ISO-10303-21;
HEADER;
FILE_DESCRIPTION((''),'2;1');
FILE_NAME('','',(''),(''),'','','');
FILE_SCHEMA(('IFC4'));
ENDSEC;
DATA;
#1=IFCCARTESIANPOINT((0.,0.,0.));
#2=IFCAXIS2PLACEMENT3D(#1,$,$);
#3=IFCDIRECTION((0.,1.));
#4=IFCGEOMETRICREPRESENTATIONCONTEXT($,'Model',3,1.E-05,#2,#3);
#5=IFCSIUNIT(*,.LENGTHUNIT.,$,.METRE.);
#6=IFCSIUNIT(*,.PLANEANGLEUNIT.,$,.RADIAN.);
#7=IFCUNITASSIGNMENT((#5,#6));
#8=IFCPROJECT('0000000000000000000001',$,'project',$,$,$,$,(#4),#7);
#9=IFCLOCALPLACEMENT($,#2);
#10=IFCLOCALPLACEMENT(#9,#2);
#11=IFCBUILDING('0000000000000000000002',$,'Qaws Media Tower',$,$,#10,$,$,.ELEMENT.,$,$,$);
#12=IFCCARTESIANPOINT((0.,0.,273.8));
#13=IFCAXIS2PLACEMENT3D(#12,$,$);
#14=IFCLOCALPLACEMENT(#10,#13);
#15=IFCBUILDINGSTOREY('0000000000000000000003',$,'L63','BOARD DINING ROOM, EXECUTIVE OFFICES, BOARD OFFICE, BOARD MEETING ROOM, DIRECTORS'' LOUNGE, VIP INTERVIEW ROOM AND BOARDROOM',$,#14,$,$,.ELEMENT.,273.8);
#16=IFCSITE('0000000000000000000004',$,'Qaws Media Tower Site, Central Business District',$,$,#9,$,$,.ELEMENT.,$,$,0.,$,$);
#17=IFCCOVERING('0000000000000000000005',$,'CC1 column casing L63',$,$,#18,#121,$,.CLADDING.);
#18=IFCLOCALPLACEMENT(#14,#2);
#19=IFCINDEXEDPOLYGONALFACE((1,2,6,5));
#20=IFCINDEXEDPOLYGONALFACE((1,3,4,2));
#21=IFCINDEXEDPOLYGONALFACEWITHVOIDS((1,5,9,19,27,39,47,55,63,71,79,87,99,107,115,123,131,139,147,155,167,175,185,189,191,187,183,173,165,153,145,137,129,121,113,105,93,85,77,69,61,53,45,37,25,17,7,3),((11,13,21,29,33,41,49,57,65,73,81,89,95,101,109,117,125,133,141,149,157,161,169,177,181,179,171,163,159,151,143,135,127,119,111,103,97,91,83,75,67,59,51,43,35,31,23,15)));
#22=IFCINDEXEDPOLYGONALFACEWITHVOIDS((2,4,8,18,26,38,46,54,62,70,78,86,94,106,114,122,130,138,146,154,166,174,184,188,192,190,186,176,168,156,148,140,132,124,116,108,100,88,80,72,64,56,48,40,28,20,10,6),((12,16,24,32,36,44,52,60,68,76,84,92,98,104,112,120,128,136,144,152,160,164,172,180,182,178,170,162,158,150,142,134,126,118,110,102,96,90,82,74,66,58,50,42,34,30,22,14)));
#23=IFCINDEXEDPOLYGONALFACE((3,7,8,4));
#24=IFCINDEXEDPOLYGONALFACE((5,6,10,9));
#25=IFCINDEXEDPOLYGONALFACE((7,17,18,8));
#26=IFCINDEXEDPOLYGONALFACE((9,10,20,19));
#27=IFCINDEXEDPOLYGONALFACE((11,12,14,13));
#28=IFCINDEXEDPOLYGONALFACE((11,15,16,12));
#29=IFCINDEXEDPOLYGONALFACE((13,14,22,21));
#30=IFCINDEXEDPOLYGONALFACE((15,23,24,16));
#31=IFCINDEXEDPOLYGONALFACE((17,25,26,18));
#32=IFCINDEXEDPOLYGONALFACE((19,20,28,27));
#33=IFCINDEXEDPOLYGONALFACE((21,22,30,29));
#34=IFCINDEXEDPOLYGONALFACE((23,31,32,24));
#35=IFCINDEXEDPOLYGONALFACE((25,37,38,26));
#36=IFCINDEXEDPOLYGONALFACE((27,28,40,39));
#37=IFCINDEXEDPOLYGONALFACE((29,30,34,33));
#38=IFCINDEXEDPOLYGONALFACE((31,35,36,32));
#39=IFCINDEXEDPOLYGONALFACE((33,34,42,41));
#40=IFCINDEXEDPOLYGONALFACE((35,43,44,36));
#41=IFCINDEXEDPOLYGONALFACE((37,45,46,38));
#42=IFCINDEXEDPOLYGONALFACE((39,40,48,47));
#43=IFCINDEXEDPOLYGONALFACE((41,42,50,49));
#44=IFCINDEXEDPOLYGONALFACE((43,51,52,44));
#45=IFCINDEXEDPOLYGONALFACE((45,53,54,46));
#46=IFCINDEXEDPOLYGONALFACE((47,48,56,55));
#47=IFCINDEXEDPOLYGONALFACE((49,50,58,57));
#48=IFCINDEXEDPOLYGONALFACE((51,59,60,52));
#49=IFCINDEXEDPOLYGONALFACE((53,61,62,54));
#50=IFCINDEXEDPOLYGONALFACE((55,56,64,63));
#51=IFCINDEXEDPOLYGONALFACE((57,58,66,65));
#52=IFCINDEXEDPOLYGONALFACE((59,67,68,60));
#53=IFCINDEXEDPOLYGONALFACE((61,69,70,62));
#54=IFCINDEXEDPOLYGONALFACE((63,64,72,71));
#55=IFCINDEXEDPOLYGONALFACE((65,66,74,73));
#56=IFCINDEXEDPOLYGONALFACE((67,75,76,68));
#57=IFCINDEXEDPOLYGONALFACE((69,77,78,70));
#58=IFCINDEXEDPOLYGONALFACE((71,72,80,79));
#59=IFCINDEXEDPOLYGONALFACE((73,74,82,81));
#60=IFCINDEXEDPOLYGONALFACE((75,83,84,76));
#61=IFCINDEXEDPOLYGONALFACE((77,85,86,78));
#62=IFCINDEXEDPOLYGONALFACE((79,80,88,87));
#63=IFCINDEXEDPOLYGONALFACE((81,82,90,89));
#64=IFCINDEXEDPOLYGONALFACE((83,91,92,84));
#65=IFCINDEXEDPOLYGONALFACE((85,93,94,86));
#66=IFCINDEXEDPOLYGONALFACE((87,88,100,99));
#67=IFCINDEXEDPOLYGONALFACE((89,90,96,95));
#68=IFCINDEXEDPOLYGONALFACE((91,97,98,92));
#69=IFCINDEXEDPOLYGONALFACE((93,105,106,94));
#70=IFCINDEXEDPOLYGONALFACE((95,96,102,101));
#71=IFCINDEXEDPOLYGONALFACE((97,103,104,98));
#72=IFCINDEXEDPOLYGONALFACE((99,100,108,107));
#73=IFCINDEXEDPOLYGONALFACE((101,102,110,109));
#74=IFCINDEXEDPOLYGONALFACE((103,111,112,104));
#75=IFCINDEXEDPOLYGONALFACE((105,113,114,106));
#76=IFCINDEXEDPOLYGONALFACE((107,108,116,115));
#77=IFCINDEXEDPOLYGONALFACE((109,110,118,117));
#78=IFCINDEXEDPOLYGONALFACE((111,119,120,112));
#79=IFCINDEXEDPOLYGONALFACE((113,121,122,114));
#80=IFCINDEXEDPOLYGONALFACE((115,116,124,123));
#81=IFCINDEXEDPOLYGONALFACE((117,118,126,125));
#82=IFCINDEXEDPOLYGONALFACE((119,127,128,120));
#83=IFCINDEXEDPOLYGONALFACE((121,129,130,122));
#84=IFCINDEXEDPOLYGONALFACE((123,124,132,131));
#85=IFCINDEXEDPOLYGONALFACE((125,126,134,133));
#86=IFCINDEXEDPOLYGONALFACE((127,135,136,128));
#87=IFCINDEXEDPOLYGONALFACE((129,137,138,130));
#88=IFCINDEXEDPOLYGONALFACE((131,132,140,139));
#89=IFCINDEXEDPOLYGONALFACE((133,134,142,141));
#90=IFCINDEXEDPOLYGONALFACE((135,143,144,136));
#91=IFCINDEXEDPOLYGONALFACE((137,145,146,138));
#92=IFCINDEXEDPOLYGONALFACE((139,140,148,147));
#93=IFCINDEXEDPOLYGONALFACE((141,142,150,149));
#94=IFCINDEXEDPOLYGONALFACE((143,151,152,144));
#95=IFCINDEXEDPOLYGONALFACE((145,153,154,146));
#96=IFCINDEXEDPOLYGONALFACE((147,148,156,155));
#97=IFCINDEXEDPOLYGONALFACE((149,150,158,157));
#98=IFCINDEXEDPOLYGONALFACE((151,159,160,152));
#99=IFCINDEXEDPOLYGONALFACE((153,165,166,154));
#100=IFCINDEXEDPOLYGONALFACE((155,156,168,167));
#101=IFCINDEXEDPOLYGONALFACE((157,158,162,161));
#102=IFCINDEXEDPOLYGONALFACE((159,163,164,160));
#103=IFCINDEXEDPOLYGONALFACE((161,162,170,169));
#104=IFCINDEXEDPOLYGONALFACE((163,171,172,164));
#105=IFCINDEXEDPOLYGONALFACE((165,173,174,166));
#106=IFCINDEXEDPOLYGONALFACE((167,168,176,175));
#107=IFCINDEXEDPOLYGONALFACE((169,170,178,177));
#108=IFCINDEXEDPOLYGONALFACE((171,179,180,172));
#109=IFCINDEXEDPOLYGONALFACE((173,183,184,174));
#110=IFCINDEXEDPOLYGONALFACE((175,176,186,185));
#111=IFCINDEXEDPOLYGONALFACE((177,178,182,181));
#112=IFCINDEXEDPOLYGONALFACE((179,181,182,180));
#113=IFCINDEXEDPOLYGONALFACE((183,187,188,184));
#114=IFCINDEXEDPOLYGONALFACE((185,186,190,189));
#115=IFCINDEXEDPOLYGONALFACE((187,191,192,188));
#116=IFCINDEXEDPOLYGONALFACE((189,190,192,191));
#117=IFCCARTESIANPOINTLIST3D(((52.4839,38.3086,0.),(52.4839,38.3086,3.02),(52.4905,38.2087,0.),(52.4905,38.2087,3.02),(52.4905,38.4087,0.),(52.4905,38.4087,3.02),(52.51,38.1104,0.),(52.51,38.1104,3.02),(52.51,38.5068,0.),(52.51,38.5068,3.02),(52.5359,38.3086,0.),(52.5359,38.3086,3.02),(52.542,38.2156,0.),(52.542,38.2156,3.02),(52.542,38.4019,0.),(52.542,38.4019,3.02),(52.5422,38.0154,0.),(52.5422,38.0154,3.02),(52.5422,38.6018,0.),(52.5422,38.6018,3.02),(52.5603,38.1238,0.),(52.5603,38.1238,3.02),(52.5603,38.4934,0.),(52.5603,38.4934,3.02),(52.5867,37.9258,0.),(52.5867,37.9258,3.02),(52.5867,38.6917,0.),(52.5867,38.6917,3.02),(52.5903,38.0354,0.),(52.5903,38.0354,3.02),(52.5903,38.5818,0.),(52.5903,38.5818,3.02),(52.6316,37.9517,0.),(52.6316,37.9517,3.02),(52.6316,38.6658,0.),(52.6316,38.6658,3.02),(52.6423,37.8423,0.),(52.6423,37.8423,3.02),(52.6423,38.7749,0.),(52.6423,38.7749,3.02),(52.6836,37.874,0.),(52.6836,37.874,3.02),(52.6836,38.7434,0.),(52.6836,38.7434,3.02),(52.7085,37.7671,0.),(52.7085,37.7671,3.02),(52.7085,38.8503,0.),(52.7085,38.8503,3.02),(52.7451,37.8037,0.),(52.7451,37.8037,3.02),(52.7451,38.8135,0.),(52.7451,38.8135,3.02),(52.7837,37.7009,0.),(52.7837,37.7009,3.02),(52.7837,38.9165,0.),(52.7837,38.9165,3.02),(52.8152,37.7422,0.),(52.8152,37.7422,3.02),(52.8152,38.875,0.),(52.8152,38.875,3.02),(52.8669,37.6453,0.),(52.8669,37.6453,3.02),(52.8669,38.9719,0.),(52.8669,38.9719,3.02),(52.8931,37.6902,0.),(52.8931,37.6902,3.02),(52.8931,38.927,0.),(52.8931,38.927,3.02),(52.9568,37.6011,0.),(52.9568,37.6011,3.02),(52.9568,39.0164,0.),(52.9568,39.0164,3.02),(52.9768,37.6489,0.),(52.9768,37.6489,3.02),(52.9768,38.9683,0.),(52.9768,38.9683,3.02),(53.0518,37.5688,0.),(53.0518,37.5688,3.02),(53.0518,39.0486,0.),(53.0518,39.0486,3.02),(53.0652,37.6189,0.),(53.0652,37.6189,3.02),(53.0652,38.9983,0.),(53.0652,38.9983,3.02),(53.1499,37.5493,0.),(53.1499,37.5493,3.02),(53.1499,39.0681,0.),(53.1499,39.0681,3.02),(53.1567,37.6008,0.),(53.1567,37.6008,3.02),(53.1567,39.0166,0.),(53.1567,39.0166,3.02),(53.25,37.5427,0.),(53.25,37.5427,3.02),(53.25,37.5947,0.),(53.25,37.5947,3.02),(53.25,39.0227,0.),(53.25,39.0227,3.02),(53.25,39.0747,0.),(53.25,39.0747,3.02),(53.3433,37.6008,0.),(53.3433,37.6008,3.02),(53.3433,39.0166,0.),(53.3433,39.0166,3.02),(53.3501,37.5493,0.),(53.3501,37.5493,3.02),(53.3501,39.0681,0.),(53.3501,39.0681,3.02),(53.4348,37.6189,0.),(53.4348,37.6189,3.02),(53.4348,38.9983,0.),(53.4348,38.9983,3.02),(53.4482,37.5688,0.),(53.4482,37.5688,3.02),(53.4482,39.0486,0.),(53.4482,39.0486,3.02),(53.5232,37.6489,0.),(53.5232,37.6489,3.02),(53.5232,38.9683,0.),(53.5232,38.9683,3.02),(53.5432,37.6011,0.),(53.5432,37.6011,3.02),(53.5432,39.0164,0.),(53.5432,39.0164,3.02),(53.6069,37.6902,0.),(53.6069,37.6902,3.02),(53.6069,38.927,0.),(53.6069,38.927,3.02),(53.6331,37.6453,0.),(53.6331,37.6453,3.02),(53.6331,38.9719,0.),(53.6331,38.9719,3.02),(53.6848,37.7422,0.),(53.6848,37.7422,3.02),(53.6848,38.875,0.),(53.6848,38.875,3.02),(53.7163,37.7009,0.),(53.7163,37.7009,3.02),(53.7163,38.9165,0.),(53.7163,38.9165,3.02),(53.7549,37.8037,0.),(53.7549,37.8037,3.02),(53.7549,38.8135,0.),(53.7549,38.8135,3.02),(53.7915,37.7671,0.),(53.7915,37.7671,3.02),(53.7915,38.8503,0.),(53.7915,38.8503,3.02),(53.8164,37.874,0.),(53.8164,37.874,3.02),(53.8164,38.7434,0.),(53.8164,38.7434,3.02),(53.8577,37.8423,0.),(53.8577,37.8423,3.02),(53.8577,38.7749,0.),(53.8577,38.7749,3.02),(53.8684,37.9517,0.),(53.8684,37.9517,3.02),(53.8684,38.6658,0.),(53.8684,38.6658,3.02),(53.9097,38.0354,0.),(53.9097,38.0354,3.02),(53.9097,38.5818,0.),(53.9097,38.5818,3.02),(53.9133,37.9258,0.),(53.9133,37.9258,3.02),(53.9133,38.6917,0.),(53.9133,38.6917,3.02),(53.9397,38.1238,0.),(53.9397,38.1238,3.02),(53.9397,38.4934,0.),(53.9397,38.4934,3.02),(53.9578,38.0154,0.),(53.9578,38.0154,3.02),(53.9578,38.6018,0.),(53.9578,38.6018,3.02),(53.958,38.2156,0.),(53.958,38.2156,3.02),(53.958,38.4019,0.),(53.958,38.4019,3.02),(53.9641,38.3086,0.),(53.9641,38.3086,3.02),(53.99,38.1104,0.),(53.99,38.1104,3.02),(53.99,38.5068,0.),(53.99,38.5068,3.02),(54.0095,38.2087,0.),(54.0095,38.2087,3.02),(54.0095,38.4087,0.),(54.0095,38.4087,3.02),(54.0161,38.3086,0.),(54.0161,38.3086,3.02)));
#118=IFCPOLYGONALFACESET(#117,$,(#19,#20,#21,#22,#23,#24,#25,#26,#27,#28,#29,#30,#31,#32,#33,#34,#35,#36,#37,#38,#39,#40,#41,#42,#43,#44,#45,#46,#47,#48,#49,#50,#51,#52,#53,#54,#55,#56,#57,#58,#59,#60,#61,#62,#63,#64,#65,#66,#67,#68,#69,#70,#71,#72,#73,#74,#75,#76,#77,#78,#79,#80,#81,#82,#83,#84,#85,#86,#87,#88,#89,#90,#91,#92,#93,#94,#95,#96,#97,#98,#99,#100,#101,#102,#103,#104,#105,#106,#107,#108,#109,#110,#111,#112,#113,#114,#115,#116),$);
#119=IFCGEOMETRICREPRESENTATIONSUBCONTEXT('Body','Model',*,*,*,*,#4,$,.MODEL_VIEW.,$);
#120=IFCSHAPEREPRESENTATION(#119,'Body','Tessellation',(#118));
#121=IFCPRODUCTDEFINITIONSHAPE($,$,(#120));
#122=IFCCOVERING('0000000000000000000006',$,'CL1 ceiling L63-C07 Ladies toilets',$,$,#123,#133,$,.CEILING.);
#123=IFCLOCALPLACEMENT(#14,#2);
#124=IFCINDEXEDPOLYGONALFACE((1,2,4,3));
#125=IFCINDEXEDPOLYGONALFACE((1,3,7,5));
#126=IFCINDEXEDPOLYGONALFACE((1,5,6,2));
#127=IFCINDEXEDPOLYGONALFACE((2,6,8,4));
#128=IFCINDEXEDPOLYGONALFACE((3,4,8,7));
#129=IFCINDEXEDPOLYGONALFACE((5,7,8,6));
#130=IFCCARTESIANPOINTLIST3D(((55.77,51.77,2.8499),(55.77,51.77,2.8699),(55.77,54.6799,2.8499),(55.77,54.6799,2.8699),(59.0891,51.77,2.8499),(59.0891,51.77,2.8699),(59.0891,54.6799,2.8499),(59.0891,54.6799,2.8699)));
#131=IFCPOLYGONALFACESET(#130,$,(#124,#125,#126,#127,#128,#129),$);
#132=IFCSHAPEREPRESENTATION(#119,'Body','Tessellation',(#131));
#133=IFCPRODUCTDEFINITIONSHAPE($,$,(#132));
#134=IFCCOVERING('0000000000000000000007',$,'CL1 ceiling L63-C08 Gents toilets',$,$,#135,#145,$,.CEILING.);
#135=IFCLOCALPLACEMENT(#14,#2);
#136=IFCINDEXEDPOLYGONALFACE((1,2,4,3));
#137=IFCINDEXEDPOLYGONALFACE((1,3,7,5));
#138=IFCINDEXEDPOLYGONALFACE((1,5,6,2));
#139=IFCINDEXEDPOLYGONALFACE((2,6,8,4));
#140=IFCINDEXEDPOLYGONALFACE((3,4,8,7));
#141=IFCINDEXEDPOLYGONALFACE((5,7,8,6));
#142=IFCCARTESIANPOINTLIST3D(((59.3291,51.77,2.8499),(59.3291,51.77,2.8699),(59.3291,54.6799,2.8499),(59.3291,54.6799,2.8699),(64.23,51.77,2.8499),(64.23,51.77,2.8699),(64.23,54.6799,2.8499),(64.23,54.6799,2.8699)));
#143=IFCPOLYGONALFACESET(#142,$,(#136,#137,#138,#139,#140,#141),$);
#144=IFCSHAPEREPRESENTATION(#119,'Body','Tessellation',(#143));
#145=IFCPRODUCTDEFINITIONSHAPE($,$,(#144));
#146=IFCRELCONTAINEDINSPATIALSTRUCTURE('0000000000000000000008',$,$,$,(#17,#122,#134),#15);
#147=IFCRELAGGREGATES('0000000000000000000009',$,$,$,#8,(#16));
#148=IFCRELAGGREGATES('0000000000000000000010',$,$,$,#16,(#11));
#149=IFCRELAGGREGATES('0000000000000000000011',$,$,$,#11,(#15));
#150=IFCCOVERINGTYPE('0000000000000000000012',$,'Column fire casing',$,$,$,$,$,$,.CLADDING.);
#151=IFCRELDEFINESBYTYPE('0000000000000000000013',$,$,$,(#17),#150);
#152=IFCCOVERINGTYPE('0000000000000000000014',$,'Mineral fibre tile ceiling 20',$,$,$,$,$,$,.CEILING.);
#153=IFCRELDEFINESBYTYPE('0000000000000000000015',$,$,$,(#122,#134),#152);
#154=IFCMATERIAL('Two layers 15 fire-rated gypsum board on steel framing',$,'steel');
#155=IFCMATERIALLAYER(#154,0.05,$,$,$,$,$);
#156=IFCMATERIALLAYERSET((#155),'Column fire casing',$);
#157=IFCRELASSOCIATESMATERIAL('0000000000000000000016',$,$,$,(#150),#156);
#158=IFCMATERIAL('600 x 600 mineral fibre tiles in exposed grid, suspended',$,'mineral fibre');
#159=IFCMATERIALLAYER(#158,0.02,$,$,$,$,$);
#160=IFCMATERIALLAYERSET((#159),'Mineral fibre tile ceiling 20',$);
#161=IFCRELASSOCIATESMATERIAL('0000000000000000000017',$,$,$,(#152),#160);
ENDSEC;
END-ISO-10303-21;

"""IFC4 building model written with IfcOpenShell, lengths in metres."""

from ifc_helpers import new_model, si_unit, direction, frame, origin, place, context, subcontext, project, spatial, polyline, outline, extrude, material, layer, layer_set, type_object, element, save


model = new_model("IFC4")

# Units and contexts
model_context = context("Model", 3, precision=1e-05, world=origin(), true_north=direction((0.0, 1.0)))
body_context = subcontext(model_context, "Body", "Model", "MODEL_VIEW")
ifc_project = project(units=[si_unit("LENGTHUNIT", "METRE"), si_unit("PLANEANGLEUNIT", "RADIAN")], contexts=[model_context])

# Site, building, storey
site_placement = place(None, origin())
site = spatial("IfcSite", under=ifc_project, at=site_placement, Name="Qaws Media Tower Site, Central Business District", CompositionType="ELEMENT", RefElevation=0.0)
building_placement = place(site_placement, origin())
building = spatial("IfcBuilding", under=site, at=building_placement, Name="Qaws Media Tower", CompositionType="ELEMENT")
storey_placement = place(building_placement, frame((0.0, 0.0, 273.8)))
storey = spatial("IfcBuildingStorey", under=building, at=storey_placement, Name="L63", Description="BOARD DINING ROOM, EXECUTIVE OFFICES, BOARD OFFICE, BOARD MEETING ROOM, DIRECTORS' LOUNGE, VIP INTERVIEW ROOM AND BOARDROOM", CompositionType="ELEMENT", Elevation=273.8)

# Coverings
ifc_material_1 = material(Name="Two layers 15 fire-rated gypsum board on steel framing", Category="steel")
ifc_layer_1 = layer(ifc_material_1, 0.05)
ifc_layer_set_1 = layer_set([ifc_layer_1], Name="Column fire casing")
covering_type_1 = type_object("IfcCoveringType", Name="Column fire casing", PredefinedType="CLADDING", material=ifc_layer_set_1)
covering_1_placement = place(storey_placement, origin())
element("IfcCovering", 1, at=covering_1_placement, inside=storey, type_object=covering_type_1, Name="CC1 column casing L63", PredefinedType="CLADDING", context=body_context, shape_type="SweptSolid", body=[
    extrude(outline(polyline([(54.0161, 38.3086), (54.0095, 38.2087), (53.99, 38.1104), (53.9578, 38.0154), (53.9133, 37.9258), (53.8577, 37.8423), (53.7915, 37.7671), (53.7163, 37.7009), (53.6331, 37.6453), (53.5432, 37.6011), (53.4482, 37.5688), (53.3501, 37.5493), (53.25, 37.5427), (53.1499, 37.5493), (53.0518, 37.5688), (52.9568, 37.6011), (52.8669, 37.6453), (52.7837, 37.7009), (52.7085, 37.7671), (52.6423, 37.8423), (52.5867, 37.9258), (52.5422, 38.0154), (52.51, 38.1104), (52.4905, 38.2087), (52.4839, 38.3086), (52.4905, 38.4087), (52.51, 38.5068), (52.5422, 38.6018), (52.5867, 38.6917), (52.6423, 38.7749), (52.7085, 38.8503), (52.7837, 38.9165), (52.8669, 38.9719), (52.9568, 39.0164), (53.0518, 39.0486), (53.1499, 39.0681), (53.25, 39.0747), (53.3501, 39.0681), (53.4482, 39.0486), (53.5432, 39.0164), (53.6331, 38.9719), (53.7163, 38.9165), (53.7915, 38.8503), (53.8577, 38.7749), (53.9133, 38.6917), (53.9578, 38.6018), (53.99, 38.5068), (54.0095, 38.4087), (54.0161, 38.3086)]), holes=[polyline([(53.9641, 38.3086), (53.958, 38.2156), (53.9397, 38.1238), (53.9097, 38.0354), (53.8684, 37.9517), (53.8164, 37.874), (53.7549, 37.8037), (53.6848, 37.7422), (53.6069, 37.6902), (53.5232, 37.6489), (53.4348, 37.6189), (53.3433, 37.6008), (53.25, 37.5947), (53.1567, 37.6008), (53.0652, 37.6189), (52.9768, 37.6489), (52.8931, 37.6902), (52.8152, 37.7422), (52.7451, 37.8037), (52.6836, 37.874), (52.6316, 37.9517), (52.5903, 38.0354), (52.5603, 38.1238), (52.542, 38.2156), (52.5359, 38.3086), (52.542, 38.4019), (52.5603, 38.4934), (52.5903, 38.5818), (52.6316, 38.6658), (52.6836, 38.7434), (52.7451, 38.8135), (52.8152, 38.875), (52.8931, 38.927), (52.9768, 38.9683), (53.0652, 38.9983), (53.1567, 39.0166), (53.25, 39.0227), (53.3433, 39.0166), (53.4348, 38.9983), (53.5232, 38.9683), (53.6069, 38.927), (53.6848, 38.875), (53.7549, 38.8135), (53.8164, 38.7434), (53.8684, 38.6658), (53.9097, 38.5818), (53.9397, 38.4934), (53.958, 38.4019), (53.9641, 38.3086)])]), origin(), (0.0, 0.0, 1.0), 3.02),
])
ifc_material_2 = material(Name="600 x 600 mineral fibre tiles in exposed grid, suspended", Category="mineral fibre")
ifc_layer_2 = layer(ifc_material_2, 0.02)
ifc_layer_set_2 = layer_set([ifc_layer_2], Name="Mineral fibre tile ceiling 20")
covering_type_2 = type_object("IfcCoveringType", Name="Mineral fibre tile ceiling 20", PredefinedType="CEILING", material=ifc_layer_set_2)
covering_2_placement = place(storey_placement, frame((0.0, 0.0, 2.8499)))
element("IfcCovering", 2, at=covering_2_placement, inside=storey, type_object=covering_type_2, Name="CL1 ceiling L63-C07 Ladies toilets", PredefinedType="CEILING", context=body_context, shape_type="SweptSolid", body=[
    extrude(outline(polyline([(55.77, 51.77), (55.77, 54.6799), (59.0891, 54.6799), (59.0891, 51.77), (55.77, 51.77)])), origin(), (0.0, 0.0, 1.0), 0.02),
])
covering_3_placement = place(storey_placement, frame((0.0, 0.0, 2.8499)))
element("IfcCovering", 3, at=covering_3_placement, inside=storey, type_object=covering_type_2, Name="CL1 ceiling L63-C08 Gents toilets", PredefinedType="CEILING", context=body_context, shape_type="SweptSolid", body=[
    extrude(outline(polyline([(59.3291, 51.77), (59.3291, 54.6799), (64.23, 54.6799), (64.23, 51.77), (59.3291, 51.77)])), origin(), (0.0, 0.0, 1.0), 0.02),
])

save(model, "model.ifc")
